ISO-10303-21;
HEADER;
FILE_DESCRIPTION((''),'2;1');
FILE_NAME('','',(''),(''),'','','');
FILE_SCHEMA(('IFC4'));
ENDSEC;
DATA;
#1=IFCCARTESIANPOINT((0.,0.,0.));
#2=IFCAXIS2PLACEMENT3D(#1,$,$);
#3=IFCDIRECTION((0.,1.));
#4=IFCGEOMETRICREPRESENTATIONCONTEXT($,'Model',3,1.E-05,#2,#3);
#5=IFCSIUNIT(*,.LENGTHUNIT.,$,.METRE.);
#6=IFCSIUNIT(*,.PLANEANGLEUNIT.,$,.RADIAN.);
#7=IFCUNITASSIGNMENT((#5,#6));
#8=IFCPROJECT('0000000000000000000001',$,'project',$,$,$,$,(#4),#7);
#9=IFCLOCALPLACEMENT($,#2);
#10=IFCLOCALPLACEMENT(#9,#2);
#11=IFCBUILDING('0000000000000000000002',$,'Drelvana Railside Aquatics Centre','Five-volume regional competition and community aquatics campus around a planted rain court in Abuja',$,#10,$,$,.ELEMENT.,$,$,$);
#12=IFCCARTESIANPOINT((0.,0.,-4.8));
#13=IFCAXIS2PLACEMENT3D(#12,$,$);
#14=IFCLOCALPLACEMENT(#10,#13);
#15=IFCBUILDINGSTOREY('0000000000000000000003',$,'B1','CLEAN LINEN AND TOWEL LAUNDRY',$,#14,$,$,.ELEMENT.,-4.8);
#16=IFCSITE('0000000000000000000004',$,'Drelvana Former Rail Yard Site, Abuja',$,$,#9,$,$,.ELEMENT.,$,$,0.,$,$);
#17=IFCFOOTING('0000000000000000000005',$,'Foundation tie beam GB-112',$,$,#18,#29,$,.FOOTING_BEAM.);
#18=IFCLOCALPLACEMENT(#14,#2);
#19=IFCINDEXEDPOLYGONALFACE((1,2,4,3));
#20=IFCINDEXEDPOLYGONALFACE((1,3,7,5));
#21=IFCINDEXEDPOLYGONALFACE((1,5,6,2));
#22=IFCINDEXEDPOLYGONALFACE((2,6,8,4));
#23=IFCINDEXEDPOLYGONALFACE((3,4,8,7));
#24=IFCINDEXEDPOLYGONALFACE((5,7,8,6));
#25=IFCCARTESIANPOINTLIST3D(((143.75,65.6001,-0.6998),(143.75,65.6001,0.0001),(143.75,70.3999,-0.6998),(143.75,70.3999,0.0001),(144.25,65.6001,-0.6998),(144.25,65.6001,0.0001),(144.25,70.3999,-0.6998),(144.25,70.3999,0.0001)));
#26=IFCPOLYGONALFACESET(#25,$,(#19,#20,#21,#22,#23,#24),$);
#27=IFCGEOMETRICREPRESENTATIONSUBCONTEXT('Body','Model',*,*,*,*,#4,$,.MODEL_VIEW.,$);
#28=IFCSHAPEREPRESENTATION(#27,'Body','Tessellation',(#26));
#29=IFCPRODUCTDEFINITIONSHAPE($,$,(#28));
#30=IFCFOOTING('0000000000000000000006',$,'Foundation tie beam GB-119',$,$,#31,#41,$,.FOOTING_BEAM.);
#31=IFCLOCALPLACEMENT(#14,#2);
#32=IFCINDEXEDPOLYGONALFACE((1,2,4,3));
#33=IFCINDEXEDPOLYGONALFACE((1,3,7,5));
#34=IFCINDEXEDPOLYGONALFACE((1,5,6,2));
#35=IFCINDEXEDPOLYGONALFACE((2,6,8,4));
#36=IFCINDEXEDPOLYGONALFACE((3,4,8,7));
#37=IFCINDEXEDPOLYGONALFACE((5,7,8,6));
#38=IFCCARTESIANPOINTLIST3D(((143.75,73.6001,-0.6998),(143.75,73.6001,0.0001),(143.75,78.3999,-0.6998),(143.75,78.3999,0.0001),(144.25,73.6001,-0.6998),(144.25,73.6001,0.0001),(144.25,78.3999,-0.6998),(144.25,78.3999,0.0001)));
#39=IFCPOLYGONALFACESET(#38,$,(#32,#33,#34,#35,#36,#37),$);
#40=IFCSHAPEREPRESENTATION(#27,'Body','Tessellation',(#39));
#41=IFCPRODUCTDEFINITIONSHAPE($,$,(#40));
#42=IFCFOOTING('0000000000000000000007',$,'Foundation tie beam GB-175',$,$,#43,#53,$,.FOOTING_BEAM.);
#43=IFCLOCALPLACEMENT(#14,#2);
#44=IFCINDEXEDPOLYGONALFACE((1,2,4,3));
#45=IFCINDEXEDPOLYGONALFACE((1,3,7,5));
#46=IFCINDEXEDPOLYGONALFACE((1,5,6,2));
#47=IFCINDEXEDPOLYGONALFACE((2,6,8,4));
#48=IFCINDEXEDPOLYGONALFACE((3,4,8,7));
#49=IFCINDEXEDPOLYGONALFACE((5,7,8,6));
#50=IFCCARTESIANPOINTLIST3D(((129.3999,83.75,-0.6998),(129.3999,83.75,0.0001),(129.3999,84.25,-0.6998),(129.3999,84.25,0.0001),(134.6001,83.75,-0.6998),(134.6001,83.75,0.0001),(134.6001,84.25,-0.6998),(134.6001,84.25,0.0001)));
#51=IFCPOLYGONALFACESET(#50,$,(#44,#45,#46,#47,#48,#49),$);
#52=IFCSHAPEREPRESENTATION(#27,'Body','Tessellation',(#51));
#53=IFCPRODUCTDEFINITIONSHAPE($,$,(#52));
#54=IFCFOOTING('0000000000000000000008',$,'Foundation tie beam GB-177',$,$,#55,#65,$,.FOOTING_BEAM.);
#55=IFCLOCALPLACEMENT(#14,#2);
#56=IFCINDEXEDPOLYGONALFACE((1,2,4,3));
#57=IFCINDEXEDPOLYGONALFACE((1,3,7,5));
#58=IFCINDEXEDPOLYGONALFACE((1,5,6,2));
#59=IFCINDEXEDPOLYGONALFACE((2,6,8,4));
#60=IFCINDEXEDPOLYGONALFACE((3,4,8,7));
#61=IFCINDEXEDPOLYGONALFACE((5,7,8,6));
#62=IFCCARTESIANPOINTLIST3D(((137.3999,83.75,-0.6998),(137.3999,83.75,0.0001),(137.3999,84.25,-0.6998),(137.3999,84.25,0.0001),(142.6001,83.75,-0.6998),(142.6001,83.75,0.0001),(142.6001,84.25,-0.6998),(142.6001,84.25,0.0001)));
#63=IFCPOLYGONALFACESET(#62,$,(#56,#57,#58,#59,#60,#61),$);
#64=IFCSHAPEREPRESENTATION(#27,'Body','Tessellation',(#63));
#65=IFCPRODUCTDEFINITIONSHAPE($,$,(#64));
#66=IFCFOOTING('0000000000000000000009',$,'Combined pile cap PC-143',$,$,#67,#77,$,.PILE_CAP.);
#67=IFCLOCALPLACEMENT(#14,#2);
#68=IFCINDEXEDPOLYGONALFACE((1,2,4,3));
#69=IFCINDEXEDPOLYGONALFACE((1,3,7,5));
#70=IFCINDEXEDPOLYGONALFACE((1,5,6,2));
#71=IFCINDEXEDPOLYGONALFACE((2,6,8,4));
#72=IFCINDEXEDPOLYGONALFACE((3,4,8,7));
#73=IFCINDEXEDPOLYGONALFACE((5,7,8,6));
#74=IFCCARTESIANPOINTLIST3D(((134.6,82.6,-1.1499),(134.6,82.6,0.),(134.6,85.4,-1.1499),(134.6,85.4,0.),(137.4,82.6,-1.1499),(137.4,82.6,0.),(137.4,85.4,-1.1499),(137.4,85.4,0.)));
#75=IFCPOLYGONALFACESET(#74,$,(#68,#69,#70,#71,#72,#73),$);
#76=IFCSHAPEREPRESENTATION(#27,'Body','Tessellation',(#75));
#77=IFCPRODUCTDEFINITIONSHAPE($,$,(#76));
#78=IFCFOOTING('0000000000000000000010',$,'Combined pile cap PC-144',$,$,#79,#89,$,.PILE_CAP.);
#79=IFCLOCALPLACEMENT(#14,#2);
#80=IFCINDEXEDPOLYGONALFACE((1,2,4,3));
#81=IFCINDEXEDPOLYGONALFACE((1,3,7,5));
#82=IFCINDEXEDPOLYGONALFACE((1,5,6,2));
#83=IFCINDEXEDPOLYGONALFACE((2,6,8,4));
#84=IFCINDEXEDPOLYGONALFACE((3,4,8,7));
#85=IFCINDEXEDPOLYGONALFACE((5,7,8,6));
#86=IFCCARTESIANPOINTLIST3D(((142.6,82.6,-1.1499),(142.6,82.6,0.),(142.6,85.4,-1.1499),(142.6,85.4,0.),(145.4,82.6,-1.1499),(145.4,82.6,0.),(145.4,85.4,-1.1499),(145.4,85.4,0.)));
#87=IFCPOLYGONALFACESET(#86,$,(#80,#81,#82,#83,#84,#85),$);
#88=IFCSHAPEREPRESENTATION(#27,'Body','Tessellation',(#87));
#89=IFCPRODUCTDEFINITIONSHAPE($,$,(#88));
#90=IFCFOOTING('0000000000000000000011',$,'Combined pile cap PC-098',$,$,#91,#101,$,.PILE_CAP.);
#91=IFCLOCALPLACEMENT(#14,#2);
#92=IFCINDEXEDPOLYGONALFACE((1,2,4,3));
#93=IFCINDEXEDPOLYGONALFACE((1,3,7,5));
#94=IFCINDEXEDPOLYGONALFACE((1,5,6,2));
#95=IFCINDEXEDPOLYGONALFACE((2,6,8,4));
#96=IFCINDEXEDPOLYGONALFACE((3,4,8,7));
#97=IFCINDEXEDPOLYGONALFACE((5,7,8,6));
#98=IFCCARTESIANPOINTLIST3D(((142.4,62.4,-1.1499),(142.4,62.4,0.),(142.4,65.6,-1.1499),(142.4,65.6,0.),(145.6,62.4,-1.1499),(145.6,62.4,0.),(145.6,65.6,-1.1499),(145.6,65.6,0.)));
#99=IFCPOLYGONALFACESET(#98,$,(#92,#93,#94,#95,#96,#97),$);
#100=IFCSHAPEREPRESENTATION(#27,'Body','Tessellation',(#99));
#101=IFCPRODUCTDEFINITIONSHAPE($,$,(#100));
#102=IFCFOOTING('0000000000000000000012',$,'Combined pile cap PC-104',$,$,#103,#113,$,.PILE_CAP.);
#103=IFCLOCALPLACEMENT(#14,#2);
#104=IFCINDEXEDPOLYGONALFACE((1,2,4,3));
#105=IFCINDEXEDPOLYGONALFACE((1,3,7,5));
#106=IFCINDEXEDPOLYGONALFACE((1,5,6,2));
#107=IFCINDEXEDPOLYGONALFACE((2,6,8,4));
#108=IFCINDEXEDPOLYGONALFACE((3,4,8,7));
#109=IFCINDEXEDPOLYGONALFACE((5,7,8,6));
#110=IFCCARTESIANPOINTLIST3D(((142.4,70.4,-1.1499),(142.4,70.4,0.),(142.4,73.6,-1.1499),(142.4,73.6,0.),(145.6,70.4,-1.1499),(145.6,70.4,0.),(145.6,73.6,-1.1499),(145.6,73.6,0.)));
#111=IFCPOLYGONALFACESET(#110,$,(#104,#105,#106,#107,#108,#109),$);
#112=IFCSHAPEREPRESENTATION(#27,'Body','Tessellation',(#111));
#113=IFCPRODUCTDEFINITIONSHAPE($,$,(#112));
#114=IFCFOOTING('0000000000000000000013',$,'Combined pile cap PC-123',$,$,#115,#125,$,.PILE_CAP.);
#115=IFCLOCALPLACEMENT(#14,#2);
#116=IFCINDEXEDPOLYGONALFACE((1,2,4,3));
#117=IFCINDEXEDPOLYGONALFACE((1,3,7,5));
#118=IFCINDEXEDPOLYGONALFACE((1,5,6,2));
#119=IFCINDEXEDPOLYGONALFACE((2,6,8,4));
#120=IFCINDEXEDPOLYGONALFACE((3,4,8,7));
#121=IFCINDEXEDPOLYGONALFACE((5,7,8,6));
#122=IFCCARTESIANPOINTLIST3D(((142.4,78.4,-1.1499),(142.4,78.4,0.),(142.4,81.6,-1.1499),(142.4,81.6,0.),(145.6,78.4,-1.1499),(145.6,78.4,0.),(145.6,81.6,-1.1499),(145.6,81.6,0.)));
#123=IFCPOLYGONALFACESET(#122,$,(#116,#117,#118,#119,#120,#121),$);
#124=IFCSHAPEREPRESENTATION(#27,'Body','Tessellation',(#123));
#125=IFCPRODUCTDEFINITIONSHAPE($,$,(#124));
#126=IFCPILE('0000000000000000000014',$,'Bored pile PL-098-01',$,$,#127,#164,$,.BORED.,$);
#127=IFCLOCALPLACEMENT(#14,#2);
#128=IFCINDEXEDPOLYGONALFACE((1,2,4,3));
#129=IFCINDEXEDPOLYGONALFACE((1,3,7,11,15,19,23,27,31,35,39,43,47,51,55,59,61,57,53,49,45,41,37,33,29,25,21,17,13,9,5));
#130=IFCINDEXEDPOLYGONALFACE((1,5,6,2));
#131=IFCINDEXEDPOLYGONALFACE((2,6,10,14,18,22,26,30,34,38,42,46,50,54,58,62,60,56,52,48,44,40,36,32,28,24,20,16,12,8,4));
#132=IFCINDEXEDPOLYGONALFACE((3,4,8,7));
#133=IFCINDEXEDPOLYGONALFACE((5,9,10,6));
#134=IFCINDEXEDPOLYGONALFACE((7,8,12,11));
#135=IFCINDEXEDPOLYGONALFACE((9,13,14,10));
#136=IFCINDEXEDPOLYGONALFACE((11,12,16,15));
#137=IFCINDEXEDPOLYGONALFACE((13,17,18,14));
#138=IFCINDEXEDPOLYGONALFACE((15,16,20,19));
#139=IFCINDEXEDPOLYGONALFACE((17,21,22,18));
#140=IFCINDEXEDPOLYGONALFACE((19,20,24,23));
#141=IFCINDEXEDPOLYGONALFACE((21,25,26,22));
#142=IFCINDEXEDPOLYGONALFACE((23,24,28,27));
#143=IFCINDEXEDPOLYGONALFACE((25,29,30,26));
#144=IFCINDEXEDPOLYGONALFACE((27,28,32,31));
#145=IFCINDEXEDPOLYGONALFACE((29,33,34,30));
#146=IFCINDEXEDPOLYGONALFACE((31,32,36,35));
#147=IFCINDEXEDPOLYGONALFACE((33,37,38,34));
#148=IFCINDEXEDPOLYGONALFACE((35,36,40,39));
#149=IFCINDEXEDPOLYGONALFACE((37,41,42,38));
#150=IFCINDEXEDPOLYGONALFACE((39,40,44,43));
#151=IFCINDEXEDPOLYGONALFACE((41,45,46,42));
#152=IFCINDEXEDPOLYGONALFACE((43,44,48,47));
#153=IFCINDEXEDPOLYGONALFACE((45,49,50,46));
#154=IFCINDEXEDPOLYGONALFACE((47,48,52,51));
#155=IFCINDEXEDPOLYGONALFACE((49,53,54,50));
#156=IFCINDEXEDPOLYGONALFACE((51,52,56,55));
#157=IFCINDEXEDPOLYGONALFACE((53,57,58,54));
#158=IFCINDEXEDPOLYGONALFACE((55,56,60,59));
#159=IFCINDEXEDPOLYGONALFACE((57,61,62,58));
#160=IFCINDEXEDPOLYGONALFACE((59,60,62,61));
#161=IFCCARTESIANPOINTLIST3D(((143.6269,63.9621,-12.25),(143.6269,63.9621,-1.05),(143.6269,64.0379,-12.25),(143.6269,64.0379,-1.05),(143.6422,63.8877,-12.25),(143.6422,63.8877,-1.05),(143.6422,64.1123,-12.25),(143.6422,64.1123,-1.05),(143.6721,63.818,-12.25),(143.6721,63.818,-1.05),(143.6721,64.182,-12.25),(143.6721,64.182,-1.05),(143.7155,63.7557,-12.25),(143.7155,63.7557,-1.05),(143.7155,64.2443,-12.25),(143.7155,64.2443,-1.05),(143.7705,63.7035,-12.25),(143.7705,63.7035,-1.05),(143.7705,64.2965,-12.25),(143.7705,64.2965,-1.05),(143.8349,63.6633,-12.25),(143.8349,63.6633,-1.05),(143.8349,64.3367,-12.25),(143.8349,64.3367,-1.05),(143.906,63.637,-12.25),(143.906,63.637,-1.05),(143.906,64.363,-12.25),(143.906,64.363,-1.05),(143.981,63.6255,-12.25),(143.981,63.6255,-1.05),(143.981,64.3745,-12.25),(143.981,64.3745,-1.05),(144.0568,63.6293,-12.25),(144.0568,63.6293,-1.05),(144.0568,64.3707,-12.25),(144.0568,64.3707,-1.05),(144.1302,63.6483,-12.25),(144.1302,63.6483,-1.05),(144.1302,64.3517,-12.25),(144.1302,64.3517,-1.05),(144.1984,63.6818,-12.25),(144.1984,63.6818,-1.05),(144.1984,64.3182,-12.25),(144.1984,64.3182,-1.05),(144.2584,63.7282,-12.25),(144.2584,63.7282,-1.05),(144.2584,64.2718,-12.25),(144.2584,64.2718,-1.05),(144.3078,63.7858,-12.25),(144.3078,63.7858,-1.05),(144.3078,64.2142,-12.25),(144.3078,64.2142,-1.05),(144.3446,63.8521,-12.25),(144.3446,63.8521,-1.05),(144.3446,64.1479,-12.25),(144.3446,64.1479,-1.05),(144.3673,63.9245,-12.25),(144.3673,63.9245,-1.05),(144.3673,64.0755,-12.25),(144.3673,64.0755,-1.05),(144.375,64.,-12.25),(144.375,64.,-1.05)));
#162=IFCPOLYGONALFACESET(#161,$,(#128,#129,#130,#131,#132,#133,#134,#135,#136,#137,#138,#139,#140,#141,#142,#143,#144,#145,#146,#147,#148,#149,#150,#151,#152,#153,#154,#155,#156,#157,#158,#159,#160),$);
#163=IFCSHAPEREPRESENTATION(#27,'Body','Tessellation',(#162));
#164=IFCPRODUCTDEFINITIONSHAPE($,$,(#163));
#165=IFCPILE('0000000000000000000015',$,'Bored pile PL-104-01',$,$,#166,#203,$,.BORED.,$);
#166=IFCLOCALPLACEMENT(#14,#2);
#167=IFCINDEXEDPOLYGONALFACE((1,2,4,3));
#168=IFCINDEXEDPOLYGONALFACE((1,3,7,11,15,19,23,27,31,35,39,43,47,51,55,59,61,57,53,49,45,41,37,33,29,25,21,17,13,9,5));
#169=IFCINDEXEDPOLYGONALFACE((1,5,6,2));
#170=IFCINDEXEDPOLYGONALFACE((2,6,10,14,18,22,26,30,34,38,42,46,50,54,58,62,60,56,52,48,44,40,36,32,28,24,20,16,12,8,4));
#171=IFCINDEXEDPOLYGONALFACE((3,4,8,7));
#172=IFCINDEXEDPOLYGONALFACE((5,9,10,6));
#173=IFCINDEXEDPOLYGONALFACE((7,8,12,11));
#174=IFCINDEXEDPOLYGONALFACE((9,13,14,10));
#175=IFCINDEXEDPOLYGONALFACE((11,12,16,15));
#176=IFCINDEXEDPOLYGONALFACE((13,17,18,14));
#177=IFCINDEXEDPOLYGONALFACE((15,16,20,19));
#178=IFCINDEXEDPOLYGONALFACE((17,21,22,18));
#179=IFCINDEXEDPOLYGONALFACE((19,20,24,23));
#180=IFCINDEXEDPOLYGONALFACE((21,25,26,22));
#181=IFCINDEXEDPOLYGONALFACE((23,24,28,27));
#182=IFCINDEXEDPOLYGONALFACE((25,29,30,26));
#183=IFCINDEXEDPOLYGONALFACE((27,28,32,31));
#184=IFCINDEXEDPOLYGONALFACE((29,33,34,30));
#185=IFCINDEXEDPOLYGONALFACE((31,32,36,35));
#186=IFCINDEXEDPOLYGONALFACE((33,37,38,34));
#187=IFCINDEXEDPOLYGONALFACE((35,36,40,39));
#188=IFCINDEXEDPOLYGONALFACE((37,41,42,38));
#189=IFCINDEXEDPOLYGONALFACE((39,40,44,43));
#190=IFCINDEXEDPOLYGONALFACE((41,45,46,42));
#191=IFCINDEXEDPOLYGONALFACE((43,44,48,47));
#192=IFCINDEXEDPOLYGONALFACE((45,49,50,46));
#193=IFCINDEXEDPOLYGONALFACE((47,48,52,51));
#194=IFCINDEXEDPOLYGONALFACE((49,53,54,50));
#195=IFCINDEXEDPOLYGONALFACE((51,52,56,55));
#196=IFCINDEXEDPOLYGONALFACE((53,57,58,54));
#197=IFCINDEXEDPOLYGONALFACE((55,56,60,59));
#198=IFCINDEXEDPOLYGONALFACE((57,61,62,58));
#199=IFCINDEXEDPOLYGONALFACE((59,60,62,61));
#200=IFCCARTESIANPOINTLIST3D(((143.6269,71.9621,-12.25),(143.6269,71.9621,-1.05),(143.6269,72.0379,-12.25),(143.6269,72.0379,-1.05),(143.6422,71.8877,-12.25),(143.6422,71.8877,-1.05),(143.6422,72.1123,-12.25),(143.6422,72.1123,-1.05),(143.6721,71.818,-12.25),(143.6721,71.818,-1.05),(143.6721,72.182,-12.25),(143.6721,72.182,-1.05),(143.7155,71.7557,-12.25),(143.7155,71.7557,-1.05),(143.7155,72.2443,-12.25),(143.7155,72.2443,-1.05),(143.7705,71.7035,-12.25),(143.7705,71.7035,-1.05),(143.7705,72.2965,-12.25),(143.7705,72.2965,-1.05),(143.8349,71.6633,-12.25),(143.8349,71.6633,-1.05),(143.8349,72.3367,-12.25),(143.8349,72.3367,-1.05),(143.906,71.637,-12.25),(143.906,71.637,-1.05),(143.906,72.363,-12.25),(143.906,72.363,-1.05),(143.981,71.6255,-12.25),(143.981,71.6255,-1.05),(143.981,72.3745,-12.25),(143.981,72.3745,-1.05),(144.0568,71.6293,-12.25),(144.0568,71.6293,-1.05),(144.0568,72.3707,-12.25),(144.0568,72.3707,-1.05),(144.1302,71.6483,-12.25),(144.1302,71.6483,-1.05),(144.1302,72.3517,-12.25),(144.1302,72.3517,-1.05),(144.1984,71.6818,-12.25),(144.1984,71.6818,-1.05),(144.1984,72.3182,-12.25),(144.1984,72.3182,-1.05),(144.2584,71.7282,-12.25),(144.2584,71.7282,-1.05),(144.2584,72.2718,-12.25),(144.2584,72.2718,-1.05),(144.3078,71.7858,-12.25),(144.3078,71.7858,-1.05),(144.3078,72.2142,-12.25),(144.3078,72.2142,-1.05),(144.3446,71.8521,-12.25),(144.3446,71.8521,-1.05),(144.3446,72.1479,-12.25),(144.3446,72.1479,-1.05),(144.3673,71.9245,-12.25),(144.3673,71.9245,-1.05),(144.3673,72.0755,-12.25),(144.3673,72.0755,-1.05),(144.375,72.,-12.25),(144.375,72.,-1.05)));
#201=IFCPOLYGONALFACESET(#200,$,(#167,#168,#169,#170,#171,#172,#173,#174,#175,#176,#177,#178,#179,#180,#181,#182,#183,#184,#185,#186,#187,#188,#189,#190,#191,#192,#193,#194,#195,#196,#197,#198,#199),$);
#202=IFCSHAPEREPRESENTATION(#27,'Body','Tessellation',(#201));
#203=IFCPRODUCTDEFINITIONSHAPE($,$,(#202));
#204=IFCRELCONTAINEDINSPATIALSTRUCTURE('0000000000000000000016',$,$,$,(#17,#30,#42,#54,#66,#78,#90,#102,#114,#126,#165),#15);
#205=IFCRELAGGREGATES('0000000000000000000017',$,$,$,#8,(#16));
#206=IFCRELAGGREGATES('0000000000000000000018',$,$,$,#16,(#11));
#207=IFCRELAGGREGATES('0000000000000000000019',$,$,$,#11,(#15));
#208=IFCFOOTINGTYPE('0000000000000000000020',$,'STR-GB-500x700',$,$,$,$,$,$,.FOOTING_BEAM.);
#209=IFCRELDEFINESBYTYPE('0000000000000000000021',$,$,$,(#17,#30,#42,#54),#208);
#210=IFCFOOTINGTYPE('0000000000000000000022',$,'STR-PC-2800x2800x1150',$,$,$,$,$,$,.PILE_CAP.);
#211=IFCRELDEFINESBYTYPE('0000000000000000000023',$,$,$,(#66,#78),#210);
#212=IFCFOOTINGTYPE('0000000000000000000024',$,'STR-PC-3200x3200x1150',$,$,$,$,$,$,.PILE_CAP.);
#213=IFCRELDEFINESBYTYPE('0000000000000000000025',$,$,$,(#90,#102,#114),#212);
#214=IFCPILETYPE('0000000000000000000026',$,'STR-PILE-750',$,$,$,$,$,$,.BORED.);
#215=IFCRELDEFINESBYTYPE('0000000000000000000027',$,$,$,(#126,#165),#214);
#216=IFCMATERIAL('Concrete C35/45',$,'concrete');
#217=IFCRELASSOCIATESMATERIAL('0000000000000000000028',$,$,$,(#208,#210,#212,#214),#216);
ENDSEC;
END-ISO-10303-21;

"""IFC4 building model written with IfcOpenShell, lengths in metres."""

from ifc_helpers import new_model, si_unit, direction, frame, origin, origin_2d, place, context, subcontext, project, spatial, rectangle, circle, extrude, material, material_profile, profile_set, type_object, element, save


model = new_model("IFC4")

# Units and contexts
model_context = context("Model", 3, precision=1e-05, world=origin(), true_north=direction((0.0, 1.0)))
body_context = subcontext(model_context, "Body", "Model", "MODEL_VIEW")
ifc_project = project(units=[si_unit("LENGTHUNIT", "METRE"), si_unit("PLANEANGLEUNIT", "RADIAN")], contexts=[model_context])

# Site, building, storey
site_placement = place(None, origin())
site = spatial("IfcSite", under=ifc_project, at=site_placement, Name="Drelvana Former Rail Yard Site, Abuja", CompositionType="ELEMENT", RefElevation=0.0)
building_placement = place(site_placement, origin())
building = spatial("IfcBuilding", under=site, at=building_placement, Name="Drelvana Railside Aquatics Centre", Description="Five-volume regional competition and community aquatics campus around a planted rain court in Abuja", CompositionType="ELEMENT")
storey_placement = place(building_placement, frame((0.0, 0.0, -4.8)))
storey = spatial("IfcBuildingStorey", under=building, at=storey_placement, Name="B1", Description="CLEAN LINEN AND TOWEL LAUNDRY", CompositionType="ELEMENT", Elevation=-4.8)

# Footings
ifc_material_1 = material(Name="Concrete C35/45", Category="concrete")
ifc_material_profile_1 = material_profile(ifc_material_1, rectangle(XDim=0.5, YDim=0.7, at=origin_2d()), Name="GB 500x700")
ifc_profile_set_1 = profile_set([ifc_material_profile_1], Name="Concrete C35/45")
footing_type_1 = type_object("IfcFootingType", Name="STR-GB-500x700", PredefinedType="FOOTING_BEAM", material=ifc_profile_set_1)
for number, where, z_axis, x_axis, name in (
    (1, (144.0, 65.6001, -0.3499), (0.0, 1.0, 0.0), (-1.0, 0.0, 0.0), "Foundation tie beam GB-112"),
    (2, (144.0, 73.6001, -0.3499), (0.0, 1.0, 0.0), (-1.0, 0.0, 0.0), "Foundation tie beam GB-119"),
):
    element("IfcFooting", number, at=place(storey_placement, frame(where, z_axis=z_axis, x_axis=x_axis)), inside=storey, type_object=footing_type_1, Name=name, PredefinedType="FOOTING_BEAM", context=body_context, shape_type="SweptSolid", body=[
        extrude(rectangle(XDim=0.5, YDim=0.7, at=origin_2d()), origin(), (0.0, 0.0, 1.0), 4.7998),
    ])
for number, where, z_axis, x_axis, name in (
    (3, (129.3999, 84.0, -0.3499), (1.0, 0.0, 0.0), (0.0, 1.0, 0.0), "Foundation tie beam GB-175"),
    (4, (137.3999, 84.0, -0.3499), (1.0, 0.0, 0.0), (0.0, 1.0, 0.0), "Foundation tie beam GB-177"),
):
    element("IfcFooting", number, at=place(storey_placement, frame(where, z_axis=z_axis, x_axis=x_axis)), inside=storey, type_object=footing_type_1, Name=name, PredefinedType="FOOTING_BEAM", context=body_context, shape_type="SweptSolid", body=[
        extrude(rectangle(XDim=0.5, YDim=0.7, at=origin_2d()), origin(), (0.0, 0.0, 1.0), 5.2002),
    ])
footing_type_2 = type_object("IfcFootingType", Name="STR-PC-2800x2800x1150", PredefinedType="PILE_CAP", material=ifc_material_1)
for number, where, z_axis, x_axis, name in (
    (5, (136.0, 84.0, -1.1499), (0.0, 0.0, 1.0), (1.0, 0.0, 0.0), "Combined pile cap PC-143"),
    (6, (144.0, 84.0, -1.1499), (0.0, 0.0, 1.0), (1.0, 0.0, 0.0), "Combined pile cap PC-144"),
):
    element("IfcFooting", number, at=place(storey_placement, frame(where, z_axis=z_axis, x_axis=x_axis)), inside=storey, type_object=footing_type_2, Name=name, PredefinedType="PILE_CAP", context=body_context, shape_type="SweptSolid", body=[
        extrude(rectangle(XDim=2.8, YDim=2.8, at=origin_2d()), origin(), (0.0, 0.0, 1.0), 1.1499),
    ])
footing_type_3 = type_object("IfcFootingType", Name="STR-PC-3200x3200x1150", PredefinedType="PILE_CAP", material=ifc_material_1)
for number, where, z_axis, x_axis, name in (
    (7, (144.0, 64.0, -1.1499), (0.0, 0.0, 1.0), (1.0, 0.0, 0.0), "Combined pile cap PC-098"),
    (8, (144.0, 72.0, -1.1499), (0.0, 0.0, 1.0), (1.0, 0.0, 0.0), "Combined pile cap PC-104"),
    (9, (144.0, 80.0, -1.1499), (0.0, 0.0, 1.0), (1.0, 0.0, 0.0), "Combined pile cap PC-123"),
):
    element("IfcFooting", number, at=place(storey_placement, frame(where, z_axis=z_axis, x_axis=x_axis)), inside=storey, type_object=footing_type_3, Name=name, PredefinedType="PILE_CAP", context=body_context, shape_type="SweptSolid", body=[
        extrude(rectangle(XDim=3.2, YDim=3.2, at=origin_2d()), origin(), (0.0, 0.0, 1.0), 1.1499),
    ])

# Piles
ifc_material_profile_2 = material_profile(ifc_material_1, circle(Radius=0.375, at=origin_2d()), Name="PILE D750")
ifc_profile_set_2 = profile_set([ifc_material_profile_2], Name="Concrete C35/45")
pile_type = type_object("IfcPileType", Name="STR-PILE-750", PredefinedType="BORED", material=ifc_profile_set_2)
for number, where, z_axis, x_axis, name in (
    (10, (144.0, 64.0, -1.05), (0.0, 0.0, -1.0), (1.0, 0.0, 0.0), "Bored pile PL-098-01"),
    (11, (144.0, 72.0, -1.05), (0.0, 0.0, -1.0), (1.0, 0.0, 0.0), "Bored pile PL-104-01"),
):
    element("IfcPile", number, at=place(storey_placement, frame(where, z_axis=z_axis, x_axis=x_axis)), inside=storey, type_object=pile_type, Name=name, PredefinedType="BORED", context=body_context, shape_type="SweptSolid", body=[
        extrude(circle(Radius=0.375, at=origin_2d()), origin(), (0.0, 0.0, 1.0), 11.2),
    ])

save(model, "model.ifc")
